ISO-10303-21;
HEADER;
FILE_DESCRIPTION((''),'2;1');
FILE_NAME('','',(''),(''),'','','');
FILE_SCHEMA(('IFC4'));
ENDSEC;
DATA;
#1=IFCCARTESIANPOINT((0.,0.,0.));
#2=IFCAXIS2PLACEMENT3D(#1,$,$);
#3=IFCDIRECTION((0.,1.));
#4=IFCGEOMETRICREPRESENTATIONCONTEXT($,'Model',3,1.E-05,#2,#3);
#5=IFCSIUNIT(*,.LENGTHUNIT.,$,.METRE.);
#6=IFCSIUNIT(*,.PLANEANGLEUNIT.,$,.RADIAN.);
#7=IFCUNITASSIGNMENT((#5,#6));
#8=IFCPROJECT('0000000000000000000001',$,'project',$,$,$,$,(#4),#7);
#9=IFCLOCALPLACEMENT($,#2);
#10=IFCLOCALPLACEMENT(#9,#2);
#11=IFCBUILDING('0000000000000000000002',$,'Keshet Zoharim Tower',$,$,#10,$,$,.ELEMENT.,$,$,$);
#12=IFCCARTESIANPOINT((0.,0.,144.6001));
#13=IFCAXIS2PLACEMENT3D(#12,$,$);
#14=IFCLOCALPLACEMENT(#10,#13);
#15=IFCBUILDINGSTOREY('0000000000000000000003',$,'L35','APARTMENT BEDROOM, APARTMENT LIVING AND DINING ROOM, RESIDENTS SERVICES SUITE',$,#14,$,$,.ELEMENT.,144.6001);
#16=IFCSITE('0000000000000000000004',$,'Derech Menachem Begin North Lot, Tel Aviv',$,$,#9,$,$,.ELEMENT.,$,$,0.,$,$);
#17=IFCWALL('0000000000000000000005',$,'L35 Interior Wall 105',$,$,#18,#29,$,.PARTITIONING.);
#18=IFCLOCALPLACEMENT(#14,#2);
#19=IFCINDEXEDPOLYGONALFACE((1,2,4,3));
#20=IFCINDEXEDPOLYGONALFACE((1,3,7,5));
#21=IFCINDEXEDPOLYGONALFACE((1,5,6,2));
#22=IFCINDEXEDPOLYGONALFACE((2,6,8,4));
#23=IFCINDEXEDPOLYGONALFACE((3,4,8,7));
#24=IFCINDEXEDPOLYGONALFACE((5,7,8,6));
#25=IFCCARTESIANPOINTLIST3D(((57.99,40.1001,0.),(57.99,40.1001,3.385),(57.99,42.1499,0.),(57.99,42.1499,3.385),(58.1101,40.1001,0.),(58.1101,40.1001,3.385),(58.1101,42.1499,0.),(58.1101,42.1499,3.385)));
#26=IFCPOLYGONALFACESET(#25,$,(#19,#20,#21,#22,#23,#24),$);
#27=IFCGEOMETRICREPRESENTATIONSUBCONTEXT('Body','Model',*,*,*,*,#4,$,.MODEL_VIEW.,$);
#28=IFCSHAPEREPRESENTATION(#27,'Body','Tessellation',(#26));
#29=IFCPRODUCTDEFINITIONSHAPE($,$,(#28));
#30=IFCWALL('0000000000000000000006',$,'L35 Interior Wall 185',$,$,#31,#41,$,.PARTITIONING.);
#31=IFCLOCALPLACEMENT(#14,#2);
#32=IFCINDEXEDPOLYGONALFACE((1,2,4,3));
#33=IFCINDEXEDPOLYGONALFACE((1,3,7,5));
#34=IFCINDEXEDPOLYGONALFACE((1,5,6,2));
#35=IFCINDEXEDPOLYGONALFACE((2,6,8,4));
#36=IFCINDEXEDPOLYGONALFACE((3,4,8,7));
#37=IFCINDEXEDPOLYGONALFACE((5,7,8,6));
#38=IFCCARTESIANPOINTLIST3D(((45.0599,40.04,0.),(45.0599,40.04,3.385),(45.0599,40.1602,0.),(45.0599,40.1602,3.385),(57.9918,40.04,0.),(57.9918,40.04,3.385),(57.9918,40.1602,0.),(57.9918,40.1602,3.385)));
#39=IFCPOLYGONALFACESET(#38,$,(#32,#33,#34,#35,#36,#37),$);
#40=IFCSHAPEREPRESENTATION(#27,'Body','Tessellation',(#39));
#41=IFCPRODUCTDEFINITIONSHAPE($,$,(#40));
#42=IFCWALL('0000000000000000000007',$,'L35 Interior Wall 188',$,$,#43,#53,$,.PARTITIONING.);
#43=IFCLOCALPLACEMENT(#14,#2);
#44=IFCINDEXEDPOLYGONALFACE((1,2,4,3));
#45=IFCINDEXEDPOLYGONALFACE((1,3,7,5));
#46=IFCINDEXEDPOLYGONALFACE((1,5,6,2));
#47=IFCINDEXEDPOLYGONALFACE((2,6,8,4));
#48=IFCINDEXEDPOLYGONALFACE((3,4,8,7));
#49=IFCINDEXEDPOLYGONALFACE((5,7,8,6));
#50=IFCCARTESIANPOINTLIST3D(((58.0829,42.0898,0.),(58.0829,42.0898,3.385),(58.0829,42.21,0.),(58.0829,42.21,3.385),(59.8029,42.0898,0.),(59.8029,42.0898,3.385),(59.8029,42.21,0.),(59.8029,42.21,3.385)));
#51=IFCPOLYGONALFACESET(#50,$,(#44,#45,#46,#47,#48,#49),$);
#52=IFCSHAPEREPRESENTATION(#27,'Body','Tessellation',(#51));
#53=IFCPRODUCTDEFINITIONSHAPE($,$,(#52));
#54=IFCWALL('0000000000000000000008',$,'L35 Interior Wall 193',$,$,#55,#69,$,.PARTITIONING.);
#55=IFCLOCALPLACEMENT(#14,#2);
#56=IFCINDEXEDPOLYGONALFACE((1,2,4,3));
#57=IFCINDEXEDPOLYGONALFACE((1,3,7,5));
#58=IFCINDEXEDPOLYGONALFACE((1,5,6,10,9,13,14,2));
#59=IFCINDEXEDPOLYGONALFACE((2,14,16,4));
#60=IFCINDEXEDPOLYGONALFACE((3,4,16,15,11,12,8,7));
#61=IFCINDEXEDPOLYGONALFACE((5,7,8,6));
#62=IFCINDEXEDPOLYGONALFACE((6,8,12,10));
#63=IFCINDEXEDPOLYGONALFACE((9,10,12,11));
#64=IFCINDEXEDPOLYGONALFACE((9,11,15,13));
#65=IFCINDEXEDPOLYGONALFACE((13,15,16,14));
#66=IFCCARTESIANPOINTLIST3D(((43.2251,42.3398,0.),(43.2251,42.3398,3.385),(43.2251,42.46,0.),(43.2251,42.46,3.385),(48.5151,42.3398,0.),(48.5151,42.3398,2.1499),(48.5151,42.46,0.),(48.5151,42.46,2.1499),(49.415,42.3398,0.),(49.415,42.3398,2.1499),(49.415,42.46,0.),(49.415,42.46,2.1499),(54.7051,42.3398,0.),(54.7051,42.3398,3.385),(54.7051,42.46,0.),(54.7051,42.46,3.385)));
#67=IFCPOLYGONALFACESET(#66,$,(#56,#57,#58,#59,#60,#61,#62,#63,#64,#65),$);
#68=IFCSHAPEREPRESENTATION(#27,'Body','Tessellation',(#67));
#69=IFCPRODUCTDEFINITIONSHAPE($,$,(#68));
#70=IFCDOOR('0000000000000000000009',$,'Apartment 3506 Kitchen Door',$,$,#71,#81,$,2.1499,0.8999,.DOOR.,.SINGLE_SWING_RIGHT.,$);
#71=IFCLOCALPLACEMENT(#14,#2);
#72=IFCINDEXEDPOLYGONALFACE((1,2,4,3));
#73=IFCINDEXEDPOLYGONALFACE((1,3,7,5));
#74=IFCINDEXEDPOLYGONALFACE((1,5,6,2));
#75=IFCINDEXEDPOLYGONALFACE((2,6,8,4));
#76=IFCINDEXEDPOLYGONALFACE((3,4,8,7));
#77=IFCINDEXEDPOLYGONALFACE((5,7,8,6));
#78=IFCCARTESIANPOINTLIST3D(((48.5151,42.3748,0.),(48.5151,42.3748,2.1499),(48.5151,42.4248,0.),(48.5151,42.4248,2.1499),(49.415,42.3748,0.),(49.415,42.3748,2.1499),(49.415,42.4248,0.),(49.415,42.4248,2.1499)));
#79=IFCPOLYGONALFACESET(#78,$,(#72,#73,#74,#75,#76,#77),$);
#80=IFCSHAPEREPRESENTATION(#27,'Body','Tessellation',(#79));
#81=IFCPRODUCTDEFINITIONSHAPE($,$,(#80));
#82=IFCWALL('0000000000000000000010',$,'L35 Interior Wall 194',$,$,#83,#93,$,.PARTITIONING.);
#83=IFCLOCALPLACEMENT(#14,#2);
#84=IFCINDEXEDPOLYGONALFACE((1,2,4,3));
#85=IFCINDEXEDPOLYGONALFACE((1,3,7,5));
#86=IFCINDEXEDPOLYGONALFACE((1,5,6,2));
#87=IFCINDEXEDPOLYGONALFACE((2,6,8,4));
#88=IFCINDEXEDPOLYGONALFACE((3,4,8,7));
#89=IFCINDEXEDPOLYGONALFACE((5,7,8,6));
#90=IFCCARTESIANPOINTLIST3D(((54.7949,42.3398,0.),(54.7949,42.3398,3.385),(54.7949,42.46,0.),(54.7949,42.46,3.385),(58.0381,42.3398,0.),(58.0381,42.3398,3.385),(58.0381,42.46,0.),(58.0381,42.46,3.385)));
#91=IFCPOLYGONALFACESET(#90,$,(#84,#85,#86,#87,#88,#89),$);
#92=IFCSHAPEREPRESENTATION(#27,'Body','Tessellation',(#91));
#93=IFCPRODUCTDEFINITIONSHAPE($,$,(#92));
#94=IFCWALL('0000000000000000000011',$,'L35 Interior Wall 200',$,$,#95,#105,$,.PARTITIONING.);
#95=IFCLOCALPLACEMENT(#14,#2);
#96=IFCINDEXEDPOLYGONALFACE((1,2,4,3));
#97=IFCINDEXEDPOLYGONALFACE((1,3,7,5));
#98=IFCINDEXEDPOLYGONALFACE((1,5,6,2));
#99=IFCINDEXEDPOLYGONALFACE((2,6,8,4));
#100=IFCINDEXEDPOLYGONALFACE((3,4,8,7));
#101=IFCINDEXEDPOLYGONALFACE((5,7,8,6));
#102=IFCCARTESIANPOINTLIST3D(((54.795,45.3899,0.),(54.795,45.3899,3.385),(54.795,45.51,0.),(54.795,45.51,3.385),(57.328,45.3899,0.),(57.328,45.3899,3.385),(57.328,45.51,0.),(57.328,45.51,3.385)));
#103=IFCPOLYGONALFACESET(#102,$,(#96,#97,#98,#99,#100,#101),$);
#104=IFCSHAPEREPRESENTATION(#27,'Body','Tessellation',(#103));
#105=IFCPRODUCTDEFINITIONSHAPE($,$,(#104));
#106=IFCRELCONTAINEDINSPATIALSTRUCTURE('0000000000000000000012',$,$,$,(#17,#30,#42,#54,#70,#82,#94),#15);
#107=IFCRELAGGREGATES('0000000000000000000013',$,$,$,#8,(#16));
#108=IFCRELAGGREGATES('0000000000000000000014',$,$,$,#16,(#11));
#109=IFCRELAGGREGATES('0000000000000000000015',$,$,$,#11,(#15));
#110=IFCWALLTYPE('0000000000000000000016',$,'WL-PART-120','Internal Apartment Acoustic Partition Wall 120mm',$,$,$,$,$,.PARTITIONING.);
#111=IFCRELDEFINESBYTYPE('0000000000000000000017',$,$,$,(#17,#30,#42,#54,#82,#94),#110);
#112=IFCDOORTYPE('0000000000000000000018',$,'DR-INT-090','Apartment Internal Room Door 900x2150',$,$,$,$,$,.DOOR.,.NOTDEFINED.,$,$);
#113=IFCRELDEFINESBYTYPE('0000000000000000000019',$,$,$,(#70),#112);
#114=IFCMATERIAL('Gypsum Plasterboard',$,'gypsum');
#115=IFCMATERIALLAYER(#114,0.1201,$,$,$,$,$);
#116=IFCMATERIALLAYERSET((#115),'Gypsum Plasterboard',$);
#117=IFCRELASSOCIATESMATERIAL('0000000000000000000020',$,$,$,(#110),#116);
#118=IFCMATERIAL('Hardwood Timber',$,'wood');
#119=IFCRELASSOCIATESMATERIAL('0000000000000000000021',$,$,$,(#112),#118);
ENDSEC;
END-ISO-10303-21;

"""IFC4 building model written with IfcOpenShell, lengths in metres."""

from ifc_helpers import new_model, si_unit, direction, frame, frame_2d, origin, place, context, subcontext, project, spatial, rectangle, extrude, material, layer, layer_set, type_object, element, fill, save


model = new_model("IFC4")

# Units and contexts
model_context = context("Model", 3, precision=1e-05, world=origin(), true_north=direction((0.0, 1.0)))
body_context = subcontext(model_context, "Body", "Model", "MODEL_VIEW")
ifc_project = project(units=[si_unit("LENGTHUNIT", "METRE"), si_unit("PLANEANGLEUNIT", "RADIAN")], contexts=[model_context])

# Site, building, storey
site_placement = place(None, origin())
site = spatial("IfcSite", under=ifc_project, at=site_placement, Name="Derech Menachem Begin North Lot, Tel Aviv", CompositionType="ELEMENT", RefElevation=0.0)
building_placement = place(site_placement, origin())
building = spatial("IfcBuilding", under=site, at=building_placement, Name="Keshet Zoharim Tower", CompositionType="ELEMENT")
storey_placement = place(building_placement, frame((0.0, 0.0, 144.6001)))
storey = spatial("IfcBuildingStorey", under=building, at=storey_placement, Name="L35", Description="APARTMENT BEDROOM, APARTMENT LIVING AND DINING ROOM, RESIDENTS SERVICES SUITE", CompositionType="ELEMENT", Elevation=144.6001)

# Shared definitions
ifc_material_1 = material(Name="Gypsum Plasterboard", Category="gypsum")
ifc_layer_1 = layer(ifc_material_1, 0.1201)
ifc_layer_set_1 = layer_set([ifc_layer_1], Name="Gypsum Plasterboard")
wall_type = type_object("IfcWallType", Name="WL-PART-120", Description="Internal Apartment Acoustic Partition Wall 120mm", PredefinedType="PARTITIONING", material=ifc_layer_set_1)

# Shared definitions
ifc_material_2 = material(Name="Hardwood Timber", Category="wood")
door_type = type_object("IfcDoorType", Name="DR-INT-090", Description="Apartment Internal Room Door 900x2150", OperationType="NOTDEFINED", PredefinedType="DOOR", material=ifc_material_2)

# Walls
wall_1_placement = place(storey_placement, frame((58.05, 40.1001, 0.0), z_axis=(0.0, 0.0, 1.0), x_axis=(0.0, 1.0, 0.0)))
element("IfcWall", 1, at=wall_1_placement, inside=storey, type_object=wall_type, Name="L35 Interior Wall 105", PredefinedType="PARTITIONING", context=body_context, shape_type="SweptSolid", body=[
    extrude(rectangle(XDim=2.0498, YDim=0.1201, at=frame_2d((1.0249, 0.0))), origin(), (0.0, 0.0, 1.0), 3.385),
])
wall_2_placement = place(storey_placement, frame((45.0601, 40.1001, 0.0), z_axis=(0.0, 0.0, 1.0), x_axis=(1.0, 0.0, 0.0)))
element("IfcWall", 2, at=wall_2_placement, inside=storey, type_object=wall_type, Name="L35 Interior Wall 185", PredefinedType="PARTITIONING", context=body_context, shape_type="SweptSolid", body=[
    extrude(rectangle(XDim=12.9319, YDim=0.1201, at=frame_2d((6.4658, 0.0))), origin(), (0.0, 0.0, 1.0), 3.385),
])
wall_3_placement = place(storey_placement, frame((58.083, 42.1499, 0.0), z_axis=(0.0, 0.0, 1.0), x_axis=(1.0, 0.0, 0.0)))
element("IfcWall", 3, at=wall_3_placement, inside=storey, type_object=wall_type, Name="L35 Interior Wall 188", PredefinedType="PARTITIONING", context=body_context, shape_type="SweptSolid", body=[
    extrude(rectangle(XDim=1.72, YDim=0.1201, at=frame_2d((0.8599, 0.0))), origin(), (0.0, 0.0, 1.0), 3.385),
])

# Wall, opening, door
wall_4_placement = place(storey_placement, frame((43.2251, 42.3999, 0.0), z_axis=(0.0, 0.0, 1.0), x_axis=(1.0, 0.0, 0.0)))
wall_4 = element("IfcWall", 4, at=wall_4_placement, inside=storey, type_object=wall_type, Name="L35 Interior Wall 193", PredefinedType="PARTITIONING", context=body_context, shape_type="SweptSolid", body=[
    extrude(rectangle(XDim=11.48, YDim=0.1201, at=frame_2d((5.74, 0.0))), origin(), (0.0, 0.0, 1.0), 3.385),
])
opening_1_placement = place(wall_4_placement, frame((5.29, 0.0, 0.0)))
opening_1 = element("IfcOpeningElement", 5, at=opening_1_placement, cuts=wall_4, PredefinedType="OPENING", context=body_context, shape_type="SweptSolid", body=[
    extrude(rectangle(XDim=0.8999, YDim=2.1499, at=frame_2d((0.45, 1.075))), frame((0.0, 0.0701, 0.0), z_axis=(0.0, -1.0, 0.0), x_axis=(1.0, 0.0, 0.0)), (0.0, 0.0, 1.0), 0.1401),
])
door_1_placement = place(opening_1_placement, origin())
door_1 = element("IfcDoor", 6, at=door_1_placement, inside=storey, type_object=door_type, Name="Apartment 3506 Kitchen Door", OperationType="SINGLE_SWING_RIGHT", OverallHeight=2.1499, OverallWidth=0.8999, PredefinedType="DOOR", context=body_context, shape_type="SweptSolid", body=[
    extrude(rectangle(XDim=0.8999, YDim=2.1499, at=frame_2d((0.45, 1.075))), frame((0.0, 0.0249, 0.0), z_axis=(0.0, -1.0, 0.0), x_axis=(1.0, 0.0, 0.0)), (0.0, 0.0, 1.0), 0.05),
])
fill(opening_1, door_1)

# Walls
wall_5_placement = place(storey_placement, frame((54.7949, 42.3999, 0.0), z_axis=(0.0, 0.0, 1.0), x_axis=(1.0, 0.0, 0.0)))
element("IfcWall", 7, at=wall_5_placement, inside=storey, type_object=wall_type, Name="L35 Interior Wall 194", PredefinedType="PARTITIONING", context=body_context, shape_type="SweptSolid", body=[
    extrude(rectangle(XDim=3.2432, YDim=0.1201, at=frame_2d((1.6216, 0.0))), origin(), (0.0, 0.0, 1.0), 3.385),
])
wall_6_placement = place(storey_placement, frame((54.7949, 45.45, 0.0), z_axis=(0.0, 0.0, 1.0), x_axis=(1.0, 0.0, 0.0)))
element("IfcWall", 8, at=wall_6_placement, inside=storey, type_object=wall_type, Name="L35 Interior Wall 200", PredefinedType="PARTITIONING", context=body_context, shape_type="SweptSolid", body=[
    extrude(rectangle(XDim=2.533, YDim=0.1201, at=frame_2d((1.2666, 0.0))), origin(), (0.0, 0.0, 1.0), 3.385),
])

save(model, "model.ifc")
